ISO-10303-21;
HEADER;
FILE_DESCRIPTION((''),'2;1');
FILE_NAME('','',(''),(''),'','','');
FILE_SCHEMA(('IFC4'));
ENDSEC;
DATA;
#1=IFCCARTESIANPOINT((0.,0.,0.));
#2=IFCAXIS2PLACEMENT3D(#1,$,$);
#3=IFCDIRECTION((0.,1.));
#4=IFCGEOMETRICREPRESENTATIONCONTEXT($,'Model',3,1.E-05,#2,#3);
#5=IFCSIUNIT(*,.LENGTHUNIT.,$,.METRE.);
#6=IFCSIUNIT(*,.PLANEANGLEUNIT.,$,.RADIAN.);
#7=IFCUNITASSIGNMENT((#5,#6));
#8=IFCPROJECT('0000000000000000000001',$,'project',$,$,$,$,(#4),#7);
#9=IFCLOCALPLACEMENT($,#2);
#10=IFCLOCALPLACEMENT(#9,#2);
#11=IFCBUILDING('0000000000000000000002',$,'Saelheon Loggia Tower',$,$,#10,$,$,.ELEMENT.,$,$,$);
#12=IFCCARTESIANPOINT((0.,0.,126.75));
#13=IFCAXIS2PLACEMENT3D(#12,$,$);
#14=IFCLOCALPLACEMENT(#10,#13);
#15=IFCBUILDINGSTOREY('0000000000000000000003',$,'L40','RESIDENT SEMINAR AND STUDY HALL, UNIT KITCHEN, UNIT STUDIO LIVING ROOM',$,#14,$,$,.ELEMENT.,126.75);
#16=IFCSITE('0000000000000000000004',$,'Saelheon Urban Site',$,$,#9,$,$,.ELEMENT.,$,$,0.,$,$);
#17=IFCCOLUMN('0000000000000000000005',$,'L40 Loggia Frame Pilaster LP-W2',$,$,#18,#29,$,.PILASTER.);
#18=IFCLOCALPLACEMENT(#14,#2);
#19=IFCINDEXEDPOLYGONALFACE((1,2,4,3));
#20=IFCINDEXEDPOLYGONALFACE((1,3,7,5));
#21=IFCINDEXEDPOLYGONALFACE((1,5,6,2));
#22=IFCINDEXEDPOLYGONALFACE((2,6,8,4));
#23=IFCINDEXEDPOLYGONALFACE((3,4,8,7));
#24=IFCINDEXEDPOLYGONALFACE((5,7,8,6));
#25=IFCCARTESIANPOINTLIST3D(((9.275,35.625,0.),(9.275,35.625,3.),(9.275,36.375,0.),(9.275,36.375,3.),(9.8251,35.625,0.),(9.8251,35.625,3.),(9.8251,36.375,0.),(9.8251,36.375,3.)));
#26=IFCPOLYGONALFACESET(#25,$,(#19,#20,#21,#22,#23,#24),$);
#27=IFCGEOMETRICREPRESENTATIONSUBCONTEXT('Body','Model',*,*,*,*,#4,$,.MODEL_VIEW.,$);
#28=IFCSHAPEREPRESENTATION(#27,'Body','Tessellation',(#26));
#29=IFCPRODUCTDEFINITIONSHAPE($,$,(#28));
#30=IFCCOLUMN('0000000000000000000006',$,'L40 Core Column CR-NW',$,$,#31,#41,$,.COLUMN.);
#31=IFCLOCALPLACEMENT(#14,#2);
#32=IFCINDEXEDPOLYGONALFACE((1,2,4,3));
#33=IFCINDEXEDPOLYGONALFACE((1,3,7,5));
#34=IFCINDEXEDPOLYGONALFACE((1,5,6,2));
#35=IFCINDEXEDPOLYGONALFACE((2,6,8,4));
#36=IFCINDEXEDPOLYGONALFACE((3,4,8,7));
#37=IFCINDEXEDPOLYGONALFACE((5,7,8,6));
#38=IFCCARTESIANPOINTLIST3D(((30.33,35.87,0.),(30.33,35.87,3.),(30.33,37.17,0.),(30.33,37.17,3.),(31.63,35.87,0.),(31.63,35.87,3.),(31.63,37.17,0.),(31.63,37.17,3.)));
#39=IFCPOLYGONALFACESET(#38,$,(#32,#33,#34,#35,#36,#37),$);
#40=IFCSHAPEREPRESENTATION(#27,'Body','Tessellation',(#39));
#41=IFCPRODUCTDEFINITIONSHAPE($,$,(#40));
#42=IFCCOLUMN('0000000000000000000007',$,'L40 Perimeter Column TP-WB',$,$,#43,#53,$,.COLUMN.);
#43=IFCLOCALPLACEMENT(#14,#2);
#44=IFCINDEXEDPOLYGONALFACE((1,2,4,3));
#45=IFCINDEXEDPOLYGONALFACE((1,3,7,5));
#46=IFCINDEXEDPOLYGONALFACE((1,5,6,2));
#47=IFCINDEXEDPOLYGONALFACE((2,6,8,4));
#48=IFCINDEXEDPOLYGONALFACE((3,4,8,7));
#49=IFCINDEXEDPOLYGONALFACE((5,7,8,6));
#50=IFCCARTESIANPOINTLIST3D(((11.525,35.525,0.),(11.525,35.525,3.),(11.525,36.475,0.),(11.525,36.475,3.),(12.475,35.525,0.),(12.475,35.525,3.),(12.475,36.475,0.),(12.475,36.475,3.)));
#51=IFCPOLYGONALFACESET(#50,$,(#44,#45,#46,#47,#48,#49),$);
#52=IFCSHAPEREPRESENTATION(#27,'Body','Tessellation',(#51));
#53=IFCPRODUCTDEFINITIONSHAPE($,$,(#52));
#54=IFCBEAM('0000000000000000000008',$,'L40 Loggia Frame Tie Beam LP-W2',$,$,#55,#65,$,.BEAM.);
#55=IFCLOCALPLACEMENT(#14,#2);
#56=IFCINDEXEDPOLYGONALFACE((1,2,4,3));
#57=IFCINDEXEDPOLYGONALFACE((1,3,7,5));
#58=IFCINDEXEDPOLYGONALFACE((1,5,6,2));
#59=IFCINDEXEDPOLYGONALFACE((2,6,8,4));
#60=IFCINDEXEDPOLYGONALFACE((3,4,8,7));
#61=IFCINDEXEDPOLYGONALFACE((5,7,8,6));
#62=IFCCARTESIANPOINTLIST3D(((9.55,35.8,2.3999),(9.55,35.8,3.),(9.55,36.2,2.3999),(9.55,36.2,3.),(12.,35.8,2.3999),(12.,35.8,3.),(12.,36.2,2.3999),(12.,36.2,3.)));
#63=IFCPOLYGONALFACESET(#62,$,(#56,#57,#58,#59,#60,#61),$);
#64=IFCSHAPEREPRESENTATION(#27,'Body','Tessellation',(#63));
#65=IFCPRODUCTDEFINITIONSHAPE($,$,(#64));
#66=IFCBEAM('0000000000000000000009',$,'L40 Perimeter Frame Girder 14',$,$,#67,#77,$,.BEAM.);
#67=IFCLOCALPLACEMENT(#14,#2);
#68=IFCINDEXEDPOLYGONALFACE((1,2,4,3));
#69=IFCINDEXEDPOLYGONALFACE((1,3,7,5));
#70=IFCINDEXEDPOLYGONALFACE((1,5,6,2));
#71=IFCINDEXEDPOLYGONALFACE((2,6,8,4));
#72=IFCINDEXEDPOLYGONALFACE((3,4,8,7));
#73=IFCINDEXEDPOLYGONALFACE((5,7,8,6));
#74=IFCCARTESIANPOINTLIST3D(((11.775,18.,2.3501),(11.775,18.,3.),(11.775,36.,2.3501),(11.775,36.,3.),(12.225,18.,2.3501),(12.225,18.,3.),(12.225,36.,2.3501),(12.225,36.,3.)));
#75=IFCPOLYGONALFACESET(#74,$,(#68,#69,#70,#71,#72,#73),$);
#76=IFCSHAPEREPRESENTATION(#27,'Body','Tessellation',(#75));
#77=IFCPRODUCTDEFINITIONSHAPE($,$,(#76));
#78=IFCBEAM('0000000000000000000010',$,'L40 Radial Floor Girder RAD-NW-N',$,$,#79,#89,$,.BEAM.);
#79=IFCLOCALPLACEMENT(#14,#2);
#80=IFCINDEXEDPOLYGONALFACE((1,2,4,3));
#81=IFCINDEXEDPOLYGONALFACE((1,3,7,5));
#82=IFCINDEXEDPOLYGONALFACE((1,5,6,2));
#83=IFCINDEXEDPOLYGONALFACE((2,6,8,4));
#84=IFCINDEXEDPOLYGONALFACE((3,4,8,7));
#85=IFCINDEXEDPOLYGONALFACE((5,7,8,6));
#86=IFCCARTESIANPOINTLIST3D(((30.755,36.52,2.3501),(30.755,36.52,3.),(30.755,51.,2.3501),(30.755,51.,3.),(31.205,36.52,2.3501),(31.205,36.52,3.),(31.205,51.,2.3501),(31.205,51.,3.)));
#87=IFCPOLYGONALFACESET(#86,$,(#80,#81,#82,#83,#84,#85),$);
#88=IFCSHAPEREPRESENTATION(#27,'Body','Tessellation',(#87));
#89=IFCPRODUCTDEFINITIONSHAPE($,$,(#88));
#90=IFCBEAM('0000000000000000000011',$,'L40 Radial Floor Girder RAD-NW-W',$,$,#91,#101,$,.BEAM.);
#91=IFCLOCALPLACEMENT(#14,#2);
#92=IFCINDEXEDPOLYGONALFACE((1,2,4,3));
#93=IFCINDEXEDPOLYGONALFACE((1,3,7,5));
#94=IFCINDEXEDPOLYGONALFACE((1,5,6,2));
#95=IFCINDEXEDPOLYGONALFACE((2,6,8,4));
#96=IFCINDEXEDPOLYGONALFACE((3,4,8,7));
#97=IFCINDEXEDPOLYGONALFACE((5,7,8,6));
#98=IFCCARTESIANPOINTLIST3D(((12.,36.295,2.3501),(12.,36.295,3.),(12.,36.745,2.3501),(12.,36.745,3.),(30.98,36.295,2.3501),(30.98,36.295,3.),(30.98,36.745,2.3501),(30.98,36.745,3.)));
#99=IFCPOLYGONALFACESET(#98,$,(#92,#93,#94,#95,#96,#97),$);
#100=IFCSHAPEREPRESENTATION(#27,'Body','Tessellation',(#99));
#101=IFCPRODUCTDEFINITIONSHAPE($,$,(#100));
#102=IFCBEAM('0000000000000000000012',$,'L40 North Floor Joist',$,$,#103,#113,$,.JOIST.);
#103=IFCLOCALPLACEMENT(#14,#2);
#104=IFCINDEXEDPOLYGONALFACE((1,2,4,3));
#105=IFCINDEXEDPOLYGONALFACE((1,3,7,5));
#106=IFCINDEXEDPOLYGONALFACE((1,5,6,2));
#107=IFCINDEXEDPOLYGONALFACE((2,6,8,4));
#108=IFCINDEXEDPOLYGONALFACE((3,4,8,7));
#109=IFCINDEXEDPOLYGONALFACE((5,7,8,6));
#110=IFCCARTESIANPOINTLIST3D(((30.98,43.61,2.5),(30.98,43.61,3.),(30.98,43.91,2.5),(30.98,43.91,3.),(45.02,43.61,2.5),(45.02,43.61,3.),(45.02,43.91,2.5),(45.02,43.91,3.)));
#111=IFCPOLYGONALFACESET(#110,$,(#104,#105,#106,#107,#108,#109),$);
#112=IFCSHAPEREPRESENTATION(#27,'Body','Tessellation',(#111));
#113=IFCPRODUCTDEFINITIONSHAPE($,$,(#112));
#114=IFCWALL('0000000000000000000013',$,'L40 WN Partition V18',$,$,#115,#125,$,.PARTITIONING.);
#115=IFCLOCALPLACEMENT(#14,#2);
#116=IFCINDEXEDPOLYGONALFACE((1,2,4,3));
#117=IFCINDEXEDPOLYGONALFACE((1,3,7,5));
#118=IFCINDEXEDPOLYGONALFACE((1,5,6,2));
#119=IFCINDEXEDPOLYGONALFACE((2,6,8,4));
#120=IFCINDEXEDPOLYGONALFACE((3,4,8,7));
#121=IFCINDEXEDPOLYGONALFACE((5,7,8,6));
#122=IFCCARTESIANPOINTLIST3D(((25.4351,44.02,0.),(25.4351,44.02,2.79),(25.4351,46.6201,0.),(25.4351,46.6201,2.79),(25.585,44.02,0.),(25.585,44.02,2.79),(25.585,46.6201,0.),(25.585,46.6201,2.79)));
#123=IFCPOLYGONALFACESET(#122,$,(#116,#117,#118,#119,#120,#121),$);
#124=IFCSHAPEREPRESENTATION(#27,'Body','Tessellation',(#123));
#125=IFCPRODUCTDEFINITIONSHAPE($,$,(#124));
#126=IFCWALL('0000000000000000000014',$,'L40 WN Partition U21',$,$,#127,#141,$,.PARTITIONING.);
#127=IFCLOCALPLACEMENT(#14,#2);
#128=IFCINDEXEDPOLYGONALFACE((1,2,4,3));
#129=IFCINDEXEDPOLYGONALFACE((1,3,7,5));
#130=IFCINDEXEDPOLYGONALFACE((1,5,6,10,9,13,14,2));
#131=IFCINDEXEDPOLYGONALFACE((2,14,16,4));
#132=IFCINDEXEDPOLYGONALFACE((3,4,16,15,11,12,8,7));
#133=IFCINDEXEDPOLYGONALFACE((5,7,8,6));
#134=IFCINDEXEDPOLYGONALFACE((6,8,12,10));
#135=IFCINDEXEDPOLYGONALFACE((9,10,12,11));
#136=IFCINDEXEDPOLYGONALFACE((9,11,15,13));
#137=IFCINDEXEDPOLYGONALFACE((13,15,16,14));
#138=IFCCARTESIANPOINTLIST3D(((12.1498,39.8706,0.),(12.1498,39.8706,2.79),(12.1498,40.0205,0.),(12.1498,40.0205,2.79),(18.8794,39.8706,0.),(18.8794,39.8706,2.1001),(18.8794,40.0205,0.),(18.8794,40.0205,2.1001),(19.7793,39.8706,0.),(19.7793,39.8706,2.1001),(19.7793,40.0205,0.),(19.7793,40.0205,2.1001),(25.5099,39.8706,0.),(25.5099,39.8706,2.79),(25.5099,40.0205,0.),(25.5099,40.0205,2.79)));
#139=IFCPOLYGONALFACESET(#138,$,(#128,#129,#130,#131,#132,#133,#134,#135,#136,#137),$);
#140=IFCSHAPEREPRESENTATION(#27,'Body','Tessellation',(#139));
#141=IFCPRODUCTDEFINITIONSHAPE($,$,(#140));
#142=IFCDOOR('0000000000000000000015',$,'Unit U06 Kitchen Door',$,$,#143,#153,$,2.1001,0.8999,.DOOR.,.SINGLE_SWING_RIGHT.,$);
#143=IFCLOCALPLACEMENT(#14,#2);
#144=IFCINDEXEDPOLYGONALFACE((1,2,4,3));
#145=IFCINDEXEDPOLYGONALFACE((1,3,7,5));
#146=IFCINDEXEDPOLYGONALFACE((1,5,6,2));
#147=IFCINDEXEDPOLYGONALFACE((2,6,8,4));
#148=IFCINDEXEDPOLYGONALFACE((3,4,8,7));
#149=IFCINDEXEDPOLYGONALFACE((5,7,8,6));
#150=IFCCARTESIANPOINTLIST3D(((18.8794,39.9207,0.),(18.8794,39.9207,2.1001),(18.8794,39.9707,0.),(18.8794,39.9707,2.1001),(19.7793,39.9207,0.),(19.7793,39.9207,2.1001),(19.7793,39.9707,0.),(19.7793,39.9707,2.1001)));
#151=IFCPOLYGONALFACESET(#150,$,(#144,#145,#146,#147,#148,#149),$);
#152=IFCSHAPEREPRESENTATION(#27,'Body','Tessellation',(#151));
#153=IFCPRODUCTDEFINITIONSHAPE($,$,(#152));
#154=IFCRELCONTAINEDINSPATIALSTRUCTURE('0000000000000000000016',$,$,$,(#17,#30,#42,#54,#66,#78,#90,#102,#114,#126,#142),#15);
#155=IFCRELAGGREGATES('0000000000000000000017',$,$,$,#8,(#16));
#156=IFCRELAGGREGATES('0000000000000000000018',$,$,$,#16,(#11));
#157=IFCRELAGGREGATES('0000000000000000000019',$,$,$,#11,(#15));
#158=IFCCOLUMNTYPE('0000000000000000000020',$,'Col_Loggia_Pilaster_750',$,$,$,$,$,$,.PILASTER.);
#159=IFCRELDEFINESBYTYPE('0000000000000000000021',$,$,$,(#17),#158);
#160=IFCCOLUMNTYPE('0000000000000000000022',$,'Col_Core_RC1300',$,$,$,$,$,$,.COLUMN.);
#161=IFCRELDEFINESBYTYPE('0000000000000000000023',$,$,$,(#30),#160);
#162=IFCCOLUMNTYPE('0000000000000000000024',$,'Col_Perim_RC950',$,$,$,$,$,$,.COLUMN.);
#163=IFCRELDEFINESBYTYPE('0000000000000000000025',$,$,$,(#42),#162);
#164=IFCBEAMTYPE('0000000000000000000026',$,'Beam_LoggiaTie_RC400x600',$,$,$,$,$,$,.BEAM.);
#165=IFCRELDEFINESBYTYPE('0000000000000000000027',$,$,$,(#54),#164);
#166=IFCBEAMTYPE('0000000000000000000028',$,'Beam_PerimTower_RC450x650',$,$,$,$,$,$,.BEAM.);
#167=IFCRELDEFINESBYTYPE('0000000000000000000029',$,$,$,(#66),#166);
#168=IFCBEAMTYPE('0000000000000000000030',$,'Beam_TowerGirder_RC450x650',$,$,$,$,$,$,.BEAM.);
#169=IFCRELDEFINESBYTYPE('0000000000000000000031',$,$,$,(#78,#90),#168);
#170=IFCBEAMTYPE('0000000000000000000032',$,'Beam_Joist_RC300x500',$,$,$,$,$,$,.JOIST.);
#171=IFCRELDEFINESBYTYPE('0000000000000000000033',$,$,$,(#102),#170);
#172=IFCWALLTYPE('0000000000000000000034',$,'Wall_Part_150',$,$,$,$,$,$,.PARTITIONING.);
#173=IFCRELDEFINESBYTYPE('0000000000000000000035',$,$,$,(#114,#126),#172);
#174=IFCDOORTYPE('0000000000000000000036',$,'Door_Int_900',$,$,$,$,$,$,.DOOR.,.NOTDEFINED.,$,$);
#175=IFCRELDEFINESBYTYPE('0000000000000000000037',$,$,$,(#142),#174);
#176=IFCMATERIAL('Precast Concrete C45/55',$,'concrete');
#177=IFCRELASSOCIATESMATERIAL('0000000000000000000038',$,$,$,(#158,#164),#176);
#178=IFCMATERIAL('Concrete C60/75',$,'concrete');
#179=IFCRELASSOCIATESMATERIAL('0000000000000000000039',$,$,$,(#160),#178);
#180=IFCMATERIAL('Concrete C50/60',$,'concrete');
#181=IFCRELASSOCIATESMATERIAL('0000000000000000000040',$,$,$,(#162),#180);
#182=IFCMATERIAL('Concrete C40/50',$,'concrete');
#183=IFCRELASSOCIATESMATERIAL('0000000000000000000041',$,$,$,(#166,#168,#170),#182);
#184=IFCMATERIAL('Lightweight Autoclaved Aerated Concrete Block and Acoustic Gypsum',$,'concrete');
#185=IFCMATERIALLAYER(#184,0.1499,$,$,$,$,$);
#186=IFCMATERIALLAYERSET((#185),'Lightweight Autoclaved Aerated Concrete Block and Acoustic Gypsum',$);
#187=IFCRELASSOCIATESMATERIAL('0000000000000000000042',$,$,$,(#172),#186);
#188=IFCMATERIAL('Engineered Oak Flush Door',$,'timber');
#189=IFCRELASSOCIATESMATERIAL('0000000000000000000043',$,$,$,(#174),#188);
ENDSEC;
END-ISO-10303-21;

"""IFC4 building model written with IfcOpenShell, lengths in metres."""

from ifc_helpers import new_model, si_unit, direction, frame, frame_2d, origin, origin_2d, place, context, subcontext, project, spatial, rectangle, extrude, source, transform, mapped, material, layer, layer_set, material_profile, profile_set, type_object, element, fill, save


model = new_model("IFC4")

# Units and contexts
model_context = context("Model", 3, precision=1e-05, world=origin(), true_north=direction((0.0, 1.0)))
body_context = subcontext(model_context, "Body", "Model", "MODEL_VIEW")
ifc_project = project(units=[si_unit("LENGTHUNIT", "METRE"), si_unit("PLANEANGLEUNIT", "RADIAN")], contexts=[model_context])

# Site, building, storey
site_placement = place(None, origin())
site = spatial("IfcSite", under=ifc_project, at=site_placement, Name="Saelheon Urban Site", CompositionType="ELEMENT", RefElevation=0.0)
building_placement = place(site_placement, origin())
building = spatial("IfcBuilding", under=site, at=building_placement, Name="Saelheon Loggia Tower", CompositionType="ELEMENT")
storey_placement = place(building_placement, frame((0.0, 0.0, 126.75)))
storey = spatial("IfcBuildingStorey", under=building, at=storey_placement, Name="L40", Description="RESIDENT SEMINAR AND STUDY HALL, UNIT KITCHEN, UNIT STUDIO LIVING ROOM", CompositionType="ELEMENT", Elevation=126.75)

# Columns
ifc_material_1 = material(Name="Precast Concrete C45/55", Category="concrete")
ifc_material_profile_1 = material_profile(ifc_material_1, rectangle(XDim=0.55, YDim=0.75, at=origin_2d()), Name="RC-550x750")
ifc_profile_set_1 = profile_set([ifc_material_profile_1], Name="Precast Concrete C45/55")
column_type_1 = type_object("IfcColumnType", Name="Col_Loggia_Pilaster_750", PredefinedType="PILASTER", material=ifc_profile_set_1)
shared_shape_1 = source(origin(), body_context, "Body", "SweptSolid", [
    extrude(rectangle(XDim=0.55, YDim=0.75, at=origin_2d()), origin(), (0.0, 0.0, 1.0), 3.0),
])
column_1_placement = place(storey_placement, frame((9.55, 36.0, 0.0), z_axis=(0.0, 0.0, 1.0), x_axis=(1.0, 0.0, 0.0)))
element("IfcColumn", 1, at=column_1_placement, inside=storey, type_object=column_type_1, Name="L40 Loggia Frame Pilaster LP-W2", PredefinedType="PILASTER", context=body_context, shape_type="MappedRepresentation", body=[
    mapped(shared_shape_1, transform((0.0, 0.0, 0.0), scale=1.0)),
])
ifc_material_2 = material(Name="Concrete C60/75", Category="concrete")
ifc_material_profile_2 = material_profile(ifc_material_2, rectangle(XDim=1.3, YDim=1.3, at=origin_2d()), Name="RC-1300x1300")
ifc_profile_set_2 = profile_set([ifc_material_profile_2], Name="Concrete C60/75")
column_type_2 = type_object("IfcColumnType", Name="Col_Core_RC1300", PredefinedType="COLUMN", material=ifc_profile_set_2)
shared_shape_2 = source(origin(), body_context, "Body", "SweptSolid", [
    extrude(rectangle(XDim=1.3, YDim=1.3, at=origin_2d()), origin(), (0.0, 0.0, 1.0), 3.0),
])
column_2_placement = place(storey_placement, frame((30.98, 36.52, 0.0), z_axis=(0.0, 0.0, 1.0), x_axis=(1.0, 0.0, 0.0)))
element("IfcColumn", 2, at=column_2_placement, inside=storey, type_object=column_type_2, Name="L40 Core Column CR-NW", PredefinedType="COLUMN", context=body_context, shape_type="MappedRepresentation", body=[
    mapped(shared_shape_2, transform((0.0, 0.0, 0.0), scale=1.0)),
])
ifc_material_3 = material(Name="Concrete C50/60", Category="concrete")
ifc_material_profile_3 = material_profile(ifc_material_3, rectangle(XDim=0.95, YDim=0.95, at=origin_2d()), Name="RC-950x950")
ifc_profile_set_3 = profile_set([ifc_material_profile_3], Name="Concrete C50/60")
column_type_3 = type_object("IfcColumnType", Name="Col_Perim_RC950", PredefinedType="COLUMN", material=ifc_profile_set_3)
shared_shape_3 = source(origin(), body_context, "Body", "SweptSolid", [
    extrude(rectangle(XDim=0.95, YDim=0.95, at=origin_2d()), origin(), (0.0, 0.0, 1.0), 3.0),
])
column_3_placement = place(storey_placement, frame((12.0, 36.0, 0.0), z_axis=(0.0, 0.0, 1.0), x_axis=(1.0, 0.0, 0.0)))
element("IfcColumn", 3, at=column_3_placement, inside=storey, type_object=column_type_3, Name="L40 Perimeter Column TP-WB", PredefinedType="COLUMN", context=body_context, shape_type="MappedRepresentation", body=[
    mapped(shared_shape_3, transform((0.0, 0.0, 0.0), scale=1.0)),
])

# Beams
ifc_material_profile_4 = material_profile(ifc_material_1, rectangle(XDim=0.3999, YDim=0.6001, at=origin_2d()), Name="RC-400x600")
ifc_profile_set_4 = profile_set([ifc_material_profile_4], Name="Precast Concrete C45/55")
beam_type_1 = type_object("IfcBeamType", Name="Beam_LoggiaTie_RC400x600", PredefinedType="BEAM", material=ifc_profile_set_4)
shared_shape_4 = source(origin(), body_context, "Body", "SweptSolid", [
    extrude(rectangle(XDim=0.3999, YDim=0.6001, at=origin_2d()), origin(), (0.0, 0.0, 1.0), 2.45),
])
beam_1_placement = place(storey_placement, frame((12.0, 36.0, 2.7), z_axis=(-1.0, 0.0, 0.0), x_axis=(0.0, -1.0, 0.0)))
element("IfcBeam", 4, at=beam_1_placement, inside=storey, type_object=beam_type_1, Name="L40 Loggia Frame Tie Beam LP-W2", PredefinedType="BEAM", context=body_context, shape_type="MappedRepresentation", body=[
    mapped(shared_shape_4, transform((0.0, 0.0, 0.0), scale=1.0)),
])
ifc_material_4 = material(Name="Concrete C40/50", Category="concrete")
ifc_material_profile_5 = material_profile(ifc_material_4, rectangle(XDim=0.45, YDim=0.6499, at=origin_2d()), Name="RC-450x650")
ifc_profile_set_5 = profile_set([ifc_material_profile_5], Name="Concrete C40/50")
beam_type_2 = type_object("IfcBeamType", Name="Beam_PerimTower_RC450x650", PredefinedType="BEAM", material=ifc_profile_set_5)
shared_shape_5 = source(origin(), body_context, "Body", "SweptSolid", [
    extrude(rectangle(XDim=0.45, YDim=0.6499, at=origin_2d()), origin(), (0.0, 0.0, 1.0), 18.0),
])
beam_2_placement = place(storey_placement, frame((12.0, 36.0, 2.675), z_axis=(0.0, -1.0, 0.0), x_axis=(1.0, 0.0, 0.0)))
element("IfcBeam", 5, at=beam_2_placement, inside=storey, type_object=beam_type_2, Name="L40 Perimeter Frame Girder 14", PredefinedType="BEAM", context=body_context, shape_type="MappedRepresentation", body=[
    mapped(shared_shape_5, transform((0.0, 0.0, 0.0), scale=1.0)),
])
ifc_material_profile_6 = material_profile(ifc_material_4, rectangle(XDim=0.45, YDim=0.6499, at=origin_2d()), Name="RC-450x650")
ifc_profile_set_6 = profile_set([ifc_material_profile_6], Name="Concrete C40/50")
beam_type_3 = type_object("IfcBeamType", Name="Beam_TowerGirder_RC450x650", PredefinedType="BEAM", material=ifc_profile_set_6)
shared_shape_6 = source(origin(), body_context, "Body", "SweptSolid", [
    extrude(rectangle(XDim=0.45, YDim=0.6499, at=origin_2d()), origin(), (0.0, 0.0, 1.0), 14.48),
])
beam_3_placement = place(storey_placement, frame((30.98, 36.52, 2.675), z_axis=(0.0, 1.0, 0.0), x_axis=(-1.0, 0.0, 0.0)))
element("IfcBeam", 6, at=beam_3_placement, inside=storey, type_object=beam_type_3, Name="L40 Radial Floor Girder RAD-NW-N", PredefinedType="BEAM", context=body_context, shape_type="MappedRepresentation", body=[
    mapped(shared_shape_6, transform((0.0, 0.0, 0.0), scale=1.0)),
])
shared_shape_7 = source(origin(), body_context, "Body", "SweptSolid", [
    extrude(rectangle(XDim=0.45, YDim=0.6499, at=origin_2d()), origin(), (0.0, 0.0, 1.0), 18.98),
])
beam_4_placement = place(storey_placement, frame((30.98, 36.52, 2.675), z_axis=(-1.0, 0.0, 0.0), x_axis=(0.0, -1.0, 0.0)))
element("IfcBeam", 7, at=beam_4_placement, inside=storey, type_object=beam_type_3, Name="L40 Radial Floor Girder RAD-NW-W", PredefinedType="BEAM", context=body_context, shape_type="MappedRepresentation", body=[
    mapped(shared_shape_7, transform((0.0, 0.0, 0.0), scale=1.0)),
])
ifc_material_profile_7 = material_profile(ifc_material_4, rectangle(XDim=0.3, YDim=0.5, at=origin_2d()), Name="RC-300x500")
ifc_profile_set_7 = profile_set([ifc_material_profile_7], Name="Concrete C40/50")
beam_type_4 = type_object("IfcBeamType", Name="Beam_Joist_RC300x500", PredefinedType="JOIST", material=ifc_profile_set_7)
shared_shape_8 = source(origin(), body_context, "Body", "SweptSolid", [
    extrude(rectangle(XDim=0.3, YDim=0.5, at=origin_2d()), origin(), (0.0, 0.0, 1.0), 14.04),
])
beam_5_placement = place(storey_placement, frame((30.98, 43.76, 2.75), z_axis=(1.0, 0.0, 0.0), x_axis=(0.0, 1.0, 0.0)))
element("IfcBeam", 8, at=beam_5_placement, inside=storey, type_object=beam_type_4, Name="L40 North Floor Joist", PredefinedType="JOIST", context=body_context, shape_type="MappedRepresentation", body=[
    mapped(shared_shape_8, transform((0.0, 0.0, 0.0), scale=1.0)),
])

# Wall
ifc_material_5 = material(Name="Lightweight Autoclaved Aerated Concrete Block and Acoustic Gypsum", Category="concrete")
ifc_layer_1 = layer(ifc_material_5, 0.1499)
ifc_layer_set_1 = layer_set([ifc_layer_1], Name="Lightweight Autoclaved Aerated Concrete Block and Acoustic Gypsum")
wall_type_1 = type_object("IfcWallType", Name="Wall_Part_150", PredefinedType="PARTITIONING", material=ifc_layer_set_1)
wall_1_placement = place(storey_placement, frame((25.51, 44.02, 0.0), z_axis=(0.0, 0.0, 1.0), x_axis=(0.0, 1.0, 0.0)))
element("IfcWall", 9, at=wall_1_placement, inside=storey, type_object=wall_type_1, Name="L40 WN Partition V18", PredefinedType="PARTITIONING", context=body_context, shape_type="SweptSolid", body=[
    extrude(rectangle(XDim=2.6001, YDim=0.1499, at=frame_2d((1.3, 0.0))), origin(), (0.0, 0.0, 1.0), 2.79),
])

# Wall, opening, door
wall_2_placement = place(storey_placement, frame((25.51, 39.9456, 0.0), z_axis=(0.0, 0.0, 1.0), x_axis=(-1.0, 0.0, 0.0)))
wall_2 = element("IfcWall", 10, at=wall_2_placement, inside=storey, type_object=wall_type_1, Name="L40 WN Partition U21", PredefinedType="PARTITIONING", context=body_context, shape_type="SweptSolid", body=[
    extrude(rectangle(XDim=13.3601, YDim=0.1499, at=frame_2d((6.6802, 0.0))), origin(), (0.0, 0.0, 1.0), 2.79),
])
opening_1_placement = place(wall_2_placement, frame((5.7307, 0.0, 0.0)))
opening_1 = element("IfcOpeningElement", 11, at=opening_1_placement, cuts=wall_2, PredefinedType="OPENING", context=body_context, shape_type="SweptSolid", body=[
    extrude(rectangle(XDim=0.8999, YDim=2.1001, at=frame_2d((0.45, 1.05))), frame((0.0, 0.0869, 0.0), z_axis=(0.0, -1.0, 0.0), x_axis=(1.0, 0.0, 0.0)), (0.0, 0.0, 1.0), 0.1738),
])
ifc_material_6 = material(Name="Engineered Oak Flush Door", Category="timber")
door_type_1 = type_object("IfcDoorType", Name="Door_Int_900", OperationType="NOTDEFINED", PredefinedType="DOOR", material=ifc_material_6)
shared_shape_9 = source(origin(), body_context, "Body", "SweptSolid", [
    extrude(rectangle(XDim=0.8999, YDim=2.1001, at=frame_2d((0.45, 1.05))), frame((0.0, 0.0249, 0.0), z_axis=(0.0, -1.0, 0.0), x_axis=(1.0, 0.0, 0.0)), (0.0, 0.0, 1.0), 0.05),
])
door_1_placement = place(opening_1_placement, origin())
door_1 = element("IfcDoor", 12, at=door_1_placement, inside=storey, type_object=door_type_1, Name="Unit U06 Kitchen Door", OperationType="SINGLE_SWING_RIGHT", OverallHeight=2.1001, OverallWidth=0.8999, PredefinedType="DOOR", context=body_context, shape_type="MappedRepresentation", body=[
    mapped(shared_shape_9, transform((0.0, 0.0, 0.0), scale=1.0)),
])
fill(opening_1, door_1)

save(model, "model.ifc")
